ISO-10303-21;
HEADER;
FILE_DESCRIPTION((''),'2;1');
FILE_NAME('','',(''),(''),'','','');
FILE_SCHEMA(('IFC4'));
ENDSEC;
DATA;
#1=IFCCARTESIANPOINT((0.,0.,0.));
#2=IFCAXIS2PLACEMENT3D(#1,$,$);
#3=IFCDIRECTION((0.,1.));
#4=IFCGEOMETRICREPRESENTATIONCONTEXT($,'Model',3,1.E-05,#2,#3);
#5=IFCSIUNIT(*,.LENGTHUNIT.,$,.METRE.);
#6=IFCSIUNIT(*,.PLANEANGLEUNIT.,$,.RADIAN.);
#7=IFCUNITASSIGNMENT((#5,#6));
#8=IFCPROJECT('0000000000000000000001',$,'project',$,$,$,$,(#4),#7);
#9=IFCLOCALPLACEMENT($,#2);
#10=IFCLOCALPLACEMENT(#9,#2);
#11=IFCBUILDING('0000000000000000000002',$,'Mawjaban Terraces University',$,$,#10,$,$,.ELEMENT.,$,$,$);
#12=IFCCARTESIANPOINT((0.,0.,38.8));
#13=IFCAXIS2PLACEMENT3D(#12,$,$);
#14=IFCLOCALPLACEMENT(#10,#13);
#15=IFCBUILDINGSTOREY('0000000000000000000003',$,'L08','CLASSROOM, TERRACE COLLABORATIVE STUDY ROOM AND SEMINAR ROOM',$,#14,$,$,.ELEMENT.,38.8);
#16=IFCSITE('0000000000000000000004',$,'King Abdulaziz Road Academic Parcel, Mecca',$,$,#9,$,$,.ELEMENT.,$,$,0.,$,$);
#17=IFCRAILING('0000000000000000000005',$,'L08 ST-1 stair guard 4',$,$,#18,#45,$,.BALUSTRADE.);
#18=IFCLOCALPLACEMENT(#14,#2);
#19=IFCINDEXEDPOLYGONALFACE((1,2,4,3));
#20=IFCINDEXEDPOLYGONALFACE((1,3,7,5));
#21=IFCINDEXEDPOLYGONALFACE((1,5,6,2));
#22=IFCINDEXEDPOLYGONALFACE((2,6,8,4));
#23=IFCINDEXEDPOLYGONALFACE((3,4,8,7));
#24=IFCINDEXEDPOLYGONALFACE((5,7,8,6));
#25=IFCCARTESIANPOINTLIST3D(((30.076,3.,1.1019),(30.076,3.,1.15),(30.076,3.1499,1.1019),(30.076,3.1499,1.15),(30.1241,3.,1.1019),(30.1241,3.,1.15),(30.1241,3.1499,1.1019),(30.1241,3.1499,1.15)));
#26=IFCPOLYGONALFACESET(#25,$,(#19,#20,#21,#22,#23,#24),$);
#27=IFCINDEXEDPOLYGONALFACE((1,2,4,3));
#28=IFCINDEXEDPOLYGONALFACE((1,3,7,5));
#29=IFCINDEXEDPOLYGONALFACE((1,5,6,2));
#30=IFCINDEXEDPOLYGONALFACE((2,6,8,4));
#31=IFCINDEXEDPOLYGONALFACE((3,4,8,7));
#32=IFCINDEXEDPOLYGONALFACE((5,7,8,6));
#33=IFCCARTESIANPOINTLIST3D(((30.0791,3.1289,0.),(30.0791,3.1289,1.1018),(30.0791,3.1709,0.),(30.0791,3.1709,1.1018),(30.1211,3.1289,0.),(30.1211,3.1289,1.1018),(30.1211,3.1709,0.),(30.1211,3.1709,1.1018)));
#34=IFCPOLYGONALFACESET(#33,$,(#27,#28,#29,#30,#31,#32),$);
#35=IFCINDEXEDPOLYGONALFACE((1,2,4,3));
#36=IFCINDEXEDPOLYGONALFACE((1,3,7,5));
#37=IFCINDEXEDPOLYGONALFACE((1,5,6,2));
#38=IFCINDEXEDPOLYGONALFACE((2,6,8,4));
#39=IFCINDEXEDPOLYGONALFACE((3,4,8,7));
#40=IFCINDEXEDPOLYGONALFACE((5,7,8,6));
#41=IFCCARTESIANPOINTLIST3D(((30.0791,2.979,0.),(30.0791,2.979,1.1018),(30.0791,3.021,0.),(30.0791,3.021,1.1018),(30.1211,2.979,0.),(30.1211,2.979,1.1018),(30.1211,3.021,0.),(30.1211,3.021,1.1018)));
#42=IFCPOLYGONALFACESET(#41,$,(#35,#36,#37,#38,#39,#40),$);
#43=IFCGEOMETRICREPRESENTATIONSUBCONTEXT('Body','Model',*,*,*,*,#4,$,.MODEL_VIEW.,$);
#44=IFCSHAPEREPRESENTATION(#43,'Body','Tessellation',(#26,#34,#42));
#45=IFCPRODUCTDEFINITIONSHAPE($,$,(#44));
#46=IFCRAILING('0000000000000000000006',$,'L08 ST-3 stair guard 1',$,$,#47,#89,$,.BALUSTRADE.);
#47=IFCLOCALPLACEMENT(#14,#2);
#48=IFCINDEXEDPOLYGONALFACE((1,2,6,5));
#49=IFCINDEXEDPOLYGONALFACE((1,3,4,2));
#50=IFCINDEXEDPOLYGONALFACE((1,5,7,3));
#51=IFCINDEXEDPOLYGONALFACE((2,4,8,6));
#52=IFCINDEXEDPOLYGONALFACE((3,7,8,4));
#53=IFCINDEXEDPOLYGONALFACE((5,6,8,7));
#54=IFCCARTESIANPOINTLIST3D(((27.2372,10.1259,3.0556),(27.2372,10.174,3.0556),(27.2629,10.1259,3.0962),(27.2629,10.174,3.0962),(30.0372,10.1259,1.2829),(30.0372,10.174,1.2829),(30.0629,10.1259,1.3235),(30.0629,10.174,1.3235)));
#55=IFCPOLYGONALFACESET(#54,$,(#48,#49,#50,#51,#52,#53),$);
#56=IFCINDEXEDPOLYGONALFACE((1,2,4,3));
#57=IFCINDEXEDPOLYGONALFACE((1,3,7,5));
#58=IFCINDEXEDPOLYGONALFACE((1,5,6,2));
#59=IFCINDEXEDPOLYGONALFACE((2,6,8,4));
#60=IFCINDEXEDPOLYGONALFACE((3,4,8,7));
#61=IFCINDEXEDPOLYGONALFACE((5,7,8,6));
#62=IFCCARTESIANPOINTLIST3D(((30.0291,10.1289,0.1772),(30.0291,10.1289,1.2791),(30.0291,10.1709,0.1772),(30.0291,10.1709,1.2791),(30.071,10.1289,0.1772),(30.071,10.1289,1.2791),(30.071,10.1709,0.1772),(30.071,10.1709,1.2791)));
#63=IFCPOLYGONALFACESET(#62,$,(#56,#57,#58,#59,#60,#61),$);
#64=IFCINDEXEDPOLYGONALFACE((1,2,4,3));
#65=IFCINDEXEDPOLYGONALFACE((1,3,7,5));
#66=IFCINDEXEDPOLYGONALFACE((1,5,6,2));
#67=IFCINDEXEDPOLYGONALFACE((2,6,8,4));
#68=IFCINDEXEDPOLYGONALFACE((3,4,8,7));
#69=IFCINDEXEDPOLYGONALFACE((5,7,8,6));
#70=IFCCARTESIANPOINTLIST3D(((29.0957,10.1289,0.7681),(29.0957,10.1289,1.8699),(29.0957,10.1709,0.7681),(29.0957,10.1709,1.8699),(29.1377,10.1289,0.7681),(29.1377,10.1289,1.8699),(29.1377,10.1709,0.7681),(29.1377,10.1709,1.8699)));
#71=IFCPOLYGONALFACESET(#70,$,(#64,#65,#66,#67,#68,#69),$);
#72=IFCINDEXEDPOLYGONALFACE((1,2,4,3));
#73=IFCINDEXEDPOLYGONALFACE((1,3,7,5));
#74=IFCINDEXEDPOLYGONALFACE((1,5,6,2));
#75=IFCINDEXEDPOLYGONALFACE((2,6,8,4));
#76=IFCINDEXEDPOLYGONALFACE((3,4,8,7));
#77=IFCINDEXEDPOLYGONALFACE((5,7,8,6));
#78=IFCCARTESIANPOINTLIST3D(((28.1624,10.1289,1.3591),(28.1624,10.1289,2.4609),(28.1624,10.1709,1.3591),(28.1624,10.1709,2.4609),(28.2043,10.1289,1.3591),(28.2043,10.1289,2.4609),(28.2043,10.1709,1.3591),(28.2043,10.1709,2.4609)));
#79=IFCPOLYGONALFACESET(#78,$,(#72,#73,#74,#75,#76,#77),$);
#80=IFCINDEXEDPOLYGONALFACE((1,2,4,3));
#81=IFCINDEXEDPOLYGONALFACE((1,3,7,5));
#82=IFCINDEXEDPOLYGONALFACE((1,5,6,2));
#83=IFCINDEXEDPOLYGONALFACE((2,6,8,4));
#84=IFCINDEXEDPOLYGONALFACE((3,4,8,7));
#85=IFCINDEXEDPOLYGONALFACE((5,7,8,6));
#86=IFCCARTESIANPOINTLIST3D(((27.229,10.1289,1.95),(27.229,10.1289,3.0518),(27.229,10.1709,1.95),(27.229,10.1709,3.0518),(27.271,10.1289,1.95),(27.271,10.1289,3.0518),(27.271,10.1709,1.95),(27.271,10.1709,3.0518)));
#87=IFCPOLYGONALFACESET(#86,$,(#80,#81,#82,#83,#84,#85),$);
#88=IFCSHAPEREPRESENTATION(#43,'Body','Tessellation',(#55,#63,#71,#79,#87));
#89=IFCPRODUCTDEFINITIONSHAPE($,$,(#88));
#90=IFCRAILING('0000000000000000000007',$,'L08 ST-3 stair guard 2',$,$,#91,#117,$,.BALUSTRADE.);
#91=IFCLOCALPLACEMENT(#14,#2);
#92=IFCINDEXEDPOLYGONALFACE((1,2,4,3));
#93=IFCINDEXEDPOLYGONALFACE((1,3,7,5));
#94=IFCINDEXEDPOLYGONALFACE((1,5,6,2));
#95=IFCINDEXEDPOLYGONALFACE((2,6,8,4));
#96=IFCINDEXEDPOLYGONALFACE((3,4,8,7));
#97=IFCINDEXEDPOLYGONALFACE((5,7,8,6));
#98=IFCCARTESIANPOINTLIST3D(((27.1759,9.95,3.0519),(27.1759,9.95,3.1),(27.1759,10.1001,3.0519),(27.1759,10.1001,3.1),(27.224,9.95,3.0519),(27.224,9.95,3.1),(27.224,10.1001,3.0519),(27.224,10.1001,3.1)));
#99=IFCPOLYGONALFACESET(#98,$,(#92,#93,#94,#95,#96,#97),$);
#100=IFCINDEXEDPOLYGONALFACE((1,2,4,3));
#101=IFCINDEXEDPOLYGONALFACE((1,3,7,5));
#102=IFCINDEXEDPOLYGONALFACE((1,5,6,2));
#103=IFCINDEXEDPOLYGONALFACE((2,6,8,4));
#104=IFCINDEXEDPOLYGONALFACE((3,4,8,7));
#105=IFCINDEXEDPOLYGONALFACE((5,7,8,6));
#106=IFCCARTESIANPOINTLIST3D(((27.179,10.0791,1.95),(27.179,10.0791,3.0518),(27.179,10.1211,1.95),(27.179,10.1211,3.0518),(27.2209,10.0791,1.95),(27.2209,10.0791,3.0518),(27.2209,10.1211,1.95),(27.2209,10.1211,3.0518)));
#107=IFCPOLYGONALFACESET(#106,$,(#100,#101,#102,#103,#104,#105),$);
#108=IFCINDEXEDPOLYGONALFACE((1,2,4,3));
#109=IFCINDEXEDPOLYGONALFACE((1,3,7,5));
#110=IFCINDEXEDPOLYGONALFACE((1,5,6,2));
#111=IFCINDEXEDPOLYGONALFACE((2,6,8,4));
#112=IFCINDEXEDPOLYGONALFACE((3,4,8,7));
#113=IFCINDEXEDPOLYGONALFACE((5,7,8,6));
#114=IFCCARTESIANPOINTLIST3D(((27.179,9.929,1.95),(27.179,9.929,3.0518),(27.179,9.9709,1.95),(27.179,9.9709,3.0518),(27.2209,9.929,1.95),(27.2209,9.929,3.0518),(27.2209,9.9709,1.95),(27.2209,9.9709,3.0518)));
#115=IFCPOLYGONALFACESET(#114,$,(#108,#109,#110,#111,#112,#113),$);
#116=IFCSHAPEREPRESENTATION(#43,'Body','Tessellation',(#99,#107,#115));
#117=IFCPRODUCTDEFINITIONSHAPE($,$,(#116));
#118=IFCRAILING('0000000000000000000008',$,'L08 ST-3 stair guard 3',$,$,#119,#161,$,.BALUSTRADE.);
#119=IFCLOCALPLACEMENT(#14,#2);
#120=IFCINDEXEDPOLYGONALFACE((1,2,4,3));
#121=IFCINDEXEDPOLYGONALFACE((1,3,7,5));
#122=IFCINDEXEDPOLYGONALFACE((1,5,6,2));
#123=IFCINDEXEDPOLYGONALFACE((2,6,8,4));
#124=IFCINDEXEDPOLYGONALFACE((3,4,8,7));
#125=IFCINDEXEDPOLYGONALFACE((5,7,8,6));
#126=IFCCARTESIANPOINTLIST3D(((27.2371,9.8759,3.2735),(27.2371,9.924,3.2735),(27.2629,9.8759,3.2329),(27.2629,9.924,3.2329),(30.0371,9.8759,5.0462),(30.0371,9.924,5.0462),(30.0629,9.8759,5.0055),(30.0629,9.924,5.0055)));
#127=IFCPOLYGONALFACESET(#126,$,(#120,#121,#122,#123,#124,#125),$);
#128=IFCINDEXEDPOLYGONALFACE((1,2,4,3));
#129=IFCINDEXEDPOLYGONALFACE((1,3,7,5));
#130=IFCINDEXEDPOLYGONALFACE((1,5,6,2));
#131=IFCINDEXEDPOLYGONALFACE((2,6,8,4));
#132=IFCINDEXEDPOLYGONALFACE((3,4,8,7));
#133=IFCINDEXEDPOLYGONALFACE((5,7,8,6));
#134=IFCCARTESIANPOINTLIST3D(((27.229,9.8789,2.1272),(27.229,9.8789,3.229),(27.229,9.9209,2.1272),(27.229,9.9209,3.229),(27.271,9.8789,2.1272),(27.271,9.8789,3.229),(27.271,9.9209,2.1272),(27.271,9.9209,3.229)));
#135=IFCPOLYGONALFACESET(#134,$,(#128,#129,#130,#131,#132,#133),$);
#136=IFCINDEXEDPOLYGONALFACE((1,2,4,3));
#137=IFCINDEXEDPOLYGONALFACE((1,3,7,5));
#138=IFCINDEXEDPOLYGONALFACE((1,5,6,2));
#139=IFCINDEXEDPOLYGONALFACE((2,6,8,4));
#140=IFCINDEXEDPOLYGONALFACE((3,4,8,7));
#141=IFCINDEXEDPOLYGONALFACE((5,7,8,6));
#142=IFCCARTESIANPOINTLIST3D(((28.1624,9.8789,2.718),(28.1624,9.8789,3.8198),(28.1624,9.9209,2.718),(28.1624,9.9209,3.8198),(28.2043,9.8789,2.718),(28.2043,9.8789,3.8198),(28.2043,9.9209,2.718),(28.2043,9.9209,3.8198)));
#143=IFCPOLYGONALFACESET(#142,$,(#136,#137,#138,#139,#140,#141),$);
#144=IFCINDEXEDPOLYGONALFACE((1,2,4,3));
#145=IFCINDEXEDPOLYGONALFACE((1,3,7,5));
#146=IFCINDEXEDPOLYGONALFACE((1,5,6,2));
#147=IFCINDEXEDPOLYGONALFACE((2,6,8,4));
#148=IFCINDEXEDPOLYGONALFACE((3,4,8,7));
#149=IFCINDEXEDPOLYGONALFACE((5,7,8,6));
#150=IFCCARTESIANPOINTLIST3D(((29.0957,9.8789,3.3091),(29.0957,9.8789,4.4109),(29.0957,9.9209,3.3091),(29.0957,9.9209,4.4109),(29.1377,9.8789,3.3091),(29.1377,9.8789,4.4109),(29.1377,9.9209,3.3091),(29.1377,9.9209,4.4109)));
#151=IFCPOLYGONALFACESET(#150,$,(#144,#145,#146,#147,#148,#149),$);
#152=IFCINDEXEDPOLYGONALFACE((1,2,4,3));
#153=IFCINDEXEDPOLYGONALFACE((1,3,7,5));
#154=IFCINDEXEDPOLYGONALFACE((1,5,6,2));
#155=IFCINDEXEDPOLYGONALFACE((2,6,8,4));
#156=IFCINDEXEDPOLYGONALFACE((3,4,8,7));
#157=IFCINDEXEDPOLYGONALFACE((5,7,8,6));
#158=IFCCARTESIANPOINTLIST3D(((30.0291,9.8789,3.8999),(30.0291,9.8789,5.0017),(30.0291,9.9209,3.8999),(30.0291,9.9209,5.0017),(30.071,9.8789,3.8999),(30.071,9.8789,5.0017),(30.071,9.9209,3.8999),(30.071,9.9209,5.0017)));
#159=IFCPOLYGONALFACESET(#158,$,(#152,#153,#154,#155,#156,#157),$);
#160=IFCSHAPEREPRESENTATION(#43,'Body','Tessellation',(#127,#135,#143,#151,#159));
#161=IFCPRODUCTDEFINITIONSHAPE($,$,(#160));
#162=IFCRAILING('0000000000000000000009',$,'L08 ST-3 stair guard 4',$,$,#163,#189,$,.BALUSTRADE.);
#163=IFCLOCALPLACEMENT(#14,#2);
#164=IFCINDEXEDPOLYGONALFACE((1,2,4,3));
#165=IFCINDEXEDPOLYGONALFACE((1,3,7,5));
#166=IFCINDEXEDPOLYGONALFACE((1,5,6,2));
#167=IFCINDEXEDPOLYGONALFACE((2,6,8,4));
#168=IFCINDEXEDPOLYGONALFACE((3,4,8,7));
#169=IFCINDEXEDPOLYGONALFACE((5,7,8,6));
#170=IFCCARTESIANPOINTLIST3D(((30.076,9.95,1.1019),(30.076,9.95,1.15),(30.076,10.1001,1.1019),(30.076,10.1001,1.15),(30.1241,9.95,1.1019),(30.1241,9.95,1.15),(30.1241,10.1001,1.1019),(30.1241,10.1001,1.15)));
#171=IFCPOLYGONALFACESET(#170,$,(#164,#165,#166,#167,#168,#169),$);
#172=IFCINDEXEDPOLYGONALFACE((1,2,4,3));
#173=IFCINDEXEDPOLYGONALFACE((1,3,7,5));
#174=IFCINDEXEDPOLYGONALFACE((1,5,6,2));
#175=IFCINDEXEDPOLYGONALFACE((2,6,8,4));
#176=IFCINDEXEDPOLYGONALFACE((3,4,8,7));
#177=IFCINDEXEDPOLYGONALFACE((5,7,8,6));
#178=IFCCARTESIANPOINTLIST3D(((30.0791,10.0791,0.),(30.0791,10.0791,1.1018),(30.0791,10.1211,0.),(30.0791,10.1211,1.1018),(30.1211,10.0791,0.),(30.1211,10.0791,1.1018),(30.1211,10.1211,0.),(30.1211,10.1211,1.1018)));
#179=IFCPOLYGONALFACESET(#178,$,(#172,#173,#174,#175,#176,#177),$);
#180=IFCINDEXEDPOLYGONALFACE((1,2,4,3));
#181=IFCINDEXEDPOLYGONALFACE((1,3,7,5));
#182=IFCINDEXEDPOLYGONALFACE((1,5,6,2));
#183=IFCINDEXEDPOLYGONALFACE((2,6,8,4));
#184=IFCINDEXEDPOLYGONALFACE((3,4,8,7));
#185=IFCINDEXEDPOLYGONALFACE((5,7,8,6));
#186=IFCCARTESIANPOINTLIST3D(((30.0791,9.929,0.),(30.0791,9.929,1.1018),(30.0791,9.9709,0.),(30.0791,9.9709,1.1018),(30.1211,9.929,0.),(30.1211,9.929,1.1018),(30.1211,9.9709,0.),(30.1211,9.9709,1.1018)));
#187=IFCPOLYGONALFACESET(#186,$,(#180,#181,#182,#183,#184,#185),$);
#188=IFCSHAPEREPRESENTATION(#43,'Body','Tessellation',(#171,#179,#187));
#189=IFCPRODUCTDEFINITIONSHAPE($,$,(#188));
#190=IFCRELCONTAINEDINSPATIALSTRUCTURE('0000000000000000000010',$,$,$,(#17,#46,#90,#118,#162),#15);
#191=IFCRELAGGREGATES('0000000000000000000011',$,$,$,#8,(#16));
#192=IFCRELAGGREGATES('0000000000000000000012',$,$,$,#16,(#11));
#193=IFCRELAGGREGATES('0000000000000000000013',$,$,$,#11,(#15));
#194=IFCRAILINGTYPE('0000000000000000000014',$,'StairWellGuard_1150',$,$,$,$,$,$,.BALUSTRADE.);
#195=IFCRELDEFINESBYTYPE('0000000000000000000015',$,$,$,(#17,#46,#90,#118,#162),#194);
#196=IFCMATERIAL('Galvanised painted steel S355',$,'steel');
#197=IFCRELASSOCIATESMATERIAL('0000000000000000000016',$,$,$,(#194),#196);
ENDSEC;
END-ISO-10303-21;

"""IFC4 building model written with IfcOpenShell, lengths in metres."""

from ifc_helpers import new_model, si_unit, direction, frame, origin, origin_2d, place, context, subcontext, project, spatial, rectangle, extrude, material, type_object, element, save


model = new_model("IFC4")

# Units and contexts
model_context = context("Model", 3, precision=1e-05, world=origin(), true_north=direction((0.0, 1.0)))
body_context = subcontext(model_context, "Body", "Model", "MODEL_VIEW")
ifc_project = project(units=[si_unit("LENGTHUNIT", "METRE"), si_unit("PLANEANGLEUNIT", "RADIAN")], contexts=[model_context])

# Site, building, storey
site_placement = place(None, origin())
site = spatial("IfcSite", under=ifc_project, at=site_placement, Name="King Abdulaziz Road Academic Parcel, Mecca", CompositionType="ELEMENT", RefElevation=0.0)
building_placement = place(site_placement, origin())
building = spatial("IfcBuilding", under=site, at=building_placement, Name="Mawjaban Terraces University", CompositionType="ELEMENT")
storey_placement = place(building_placement, frame((0.0, 0.0, 38.8)))
storey = spatial("IfcBuildingStorey", under=building, at=storey_placement, Name="L08", Description="CLASSROOM, TERRACE COLLABORATIVE STUDY ROOM AND SEMINAR ROOM", CompositionType="ELEMENT", Elevation=38.8)

# Railings
ifc_material_1 = material(Name="Galvanised painted steel S355", Category="steel")
railing_type_1 = type_object("IfcRailingType", Name="StairWellGuard_1150", PredefinedType="BALUSTRADE", material=ifc_material_1)
railing_1_placement = place(storey_placement, frame((30.1001, 3.1499, 0.0)))
element("IfcRailing", 1, at=railing_1_placement, inside=storey, type_object=railing_type_1, Name="L08 ST-1 stair guard 4", PredefinedType="BALUSTRADE", context=body_context, shape_type="SweptSolid", body=[
    extrude(rectangle(XDim=0.0481, YDim=0.0481, at=origin_2d()), frame((0.0, 0.0, 1.126), z_axis=(0.0, -1.0, 0.0), x_axis=(1.0, 0.0, 0.0)), (0.0, 0.0, 1.0), 0.1499),
    extrude(rectangle(XDim=0.042, YDim=0.042, at=origin_2d()), origin(), (0.0, 0.0, 1.0), 1.1018),
    extrude(rectangle(XDim=0.042, YDim=0.042, at=origin_2d()), frame((0.0, -0.1499, 0.0)), (0.0, 0.0, 1.0), 1.1018),
])
railing_2_placement = place(storey_placement, frame((30.05, 10.1499, 0.1772)))
element("IfcRailing", 2, at=railing_2_placement, inside=storey, type_object=railing_type_1, Name="L08 ST-3 stair guard 1", PredefinedType="BALUSTRADE", context=body_context, shape_type="SweptSolid", body=[
    extrude(rectangle(XDim=0.0481, YDim=0.0481, at=origin_2d()), frame((0.0, 0.0, 1.126), z_axis=(-0.844909, 0.0, 0.53491), x_axis=(0.0, -1.0, 0.0)), (0.0, 0.0, 1.0), 3.314),
    extrude(rectangle(XDim=0.042, YDim=0.042, at=origin_2d()), origin(), (0.0, 0.0, 1.0), 1.1018),
    extrude(rectangle(XDim=0.042, YDim=0.042, at=origin_2d()), frame((-0.9333, 0.0, 0.5908)), (0.0, 0.0, 1.0), 1.1018),
    extrude(rectangle(XDim=0.042, YDim=0.042, at=origin_2d()), frame((-1.8667, 0.0, 1.1819)), (0.0, 0.0, 1.0), 1.1018),
    extrude(rectangle(XDim=0.042, YDim=0.042, at=origin_2d()), frame((-2.8, 0.0, 1.7727)), (0.0, 0.0, 1.0), 1.1018),
])
railing_3_placement = place(storey_placement, frame((27.2, 10.1001, 1.95)))
element("IfcRailing", 3, at=railing_3_placement, inside=storey, type_object=railing_type_1, Name="L08 ST-3 stair guard 2", PredefinedType="BALUSTRADE", context=body_context, shape_type="SweptSolid", body=[
    extrude(rectangle(XDim=0.0481, YDim=0.0481, at=origin_2d()), frame((0.0, 0.0, 1.126), z_axis=(0.0, -1.0, 0.0), x_axis=(1.0, 0.0, 0.0)), (0.0, 0.0, 1.0), 0.1501),
    extrude(rectangle(XDim=0.042, YDim=0.042, at=origin_2d()), origin(), (0.0, 0.0, 1.0), 1.1018),
    extrude(rectangle(XDim=0.042, YDim=0.042, at=origin_2d()), frame((0.0, -0.1501, 0.0)), (0.0, 0.0, 1.0), 1.1018),
])
railing_4_placement = place(storey_placement, frame((27.25, 9.8999, 2.1272)))
element("IfcRailing", 4, at=railing_4_placement, inside=storey, type_object=railing_type_1, Name="L08 ST-3 stair guard 3", PredefinedType="BALUSTRADE", context=body_context, shape_type="SweptSolid", body=[
    extrude(rectangle(XDim=0.0481, YDim=0.0481, at=origin_2d()), frame((0.0, 0.0, 1.126), z_axis=(0.844909, 0.0, 0.53491), x_axis=(0.0, 1.0, 0.0)), (0.0, 0.0, 1.0), 3.314),
    extrude(rectangle(XDim=0.042, YDim=0.042, at=origin_2d()), origin(), (0.0, 0.0, 1.0), 1.1018),
    extrude(rectangle(XDim=0.042, YDim=0.042, at=origin_2d()), frame((0.9333, 0.0, 0.5908)), (0.0, 0.0, 1.0), 1.1018),
    extrude(rectangle(XDim=0.042, YDim=0.042, at=origin_2d()), frame((1.8667, 0.0, 1.1819)), (0.0, 0.0, 1.0), 1.1018),
    extrude(rectangle(XDim=0.042, YDim=0.042, at=origin_2d()), frame((2.8, 0.0, 1.7727)), (0.0, 0.0, 1.0), 1.1018),
])
railing_5_placement = place(storey_placement, frame((30.1001, 10.1001, 0.0)))
element("IfcRailing", 5, at=railing_5_placement, inside=storey, type_object=railing_type_1, Name="L08 ST-3 stair guard 4", PredefinedType="BALUSTRADE", context=body_context, shape_type="SweptSolid", body=[
    extrude(rectangle(XDim=0.0481, YDim=0.0481, at=origin_2d()), frame((0.0, 0.0, 1.126), z_axis=(0.0, -1.0, 0.0), x_axis=(1.0, 0.0, 0.0)), (0.0, 0.0, 1.0), 0.1501),
    extrude(rectangle(XDim=0.042, YDim=0.042, at=origin_2d()), origin(), (0.0, 0.0, 1.0), 1.1018),
    extrude(rectangle(XDim=0.042, YDim=0.042, at=origin_2d()), frame((0.0, -0.1501, 0.0)), (0.0, 0.0, 1.0), 1.1018),
])

save(model, "model.ifc")
